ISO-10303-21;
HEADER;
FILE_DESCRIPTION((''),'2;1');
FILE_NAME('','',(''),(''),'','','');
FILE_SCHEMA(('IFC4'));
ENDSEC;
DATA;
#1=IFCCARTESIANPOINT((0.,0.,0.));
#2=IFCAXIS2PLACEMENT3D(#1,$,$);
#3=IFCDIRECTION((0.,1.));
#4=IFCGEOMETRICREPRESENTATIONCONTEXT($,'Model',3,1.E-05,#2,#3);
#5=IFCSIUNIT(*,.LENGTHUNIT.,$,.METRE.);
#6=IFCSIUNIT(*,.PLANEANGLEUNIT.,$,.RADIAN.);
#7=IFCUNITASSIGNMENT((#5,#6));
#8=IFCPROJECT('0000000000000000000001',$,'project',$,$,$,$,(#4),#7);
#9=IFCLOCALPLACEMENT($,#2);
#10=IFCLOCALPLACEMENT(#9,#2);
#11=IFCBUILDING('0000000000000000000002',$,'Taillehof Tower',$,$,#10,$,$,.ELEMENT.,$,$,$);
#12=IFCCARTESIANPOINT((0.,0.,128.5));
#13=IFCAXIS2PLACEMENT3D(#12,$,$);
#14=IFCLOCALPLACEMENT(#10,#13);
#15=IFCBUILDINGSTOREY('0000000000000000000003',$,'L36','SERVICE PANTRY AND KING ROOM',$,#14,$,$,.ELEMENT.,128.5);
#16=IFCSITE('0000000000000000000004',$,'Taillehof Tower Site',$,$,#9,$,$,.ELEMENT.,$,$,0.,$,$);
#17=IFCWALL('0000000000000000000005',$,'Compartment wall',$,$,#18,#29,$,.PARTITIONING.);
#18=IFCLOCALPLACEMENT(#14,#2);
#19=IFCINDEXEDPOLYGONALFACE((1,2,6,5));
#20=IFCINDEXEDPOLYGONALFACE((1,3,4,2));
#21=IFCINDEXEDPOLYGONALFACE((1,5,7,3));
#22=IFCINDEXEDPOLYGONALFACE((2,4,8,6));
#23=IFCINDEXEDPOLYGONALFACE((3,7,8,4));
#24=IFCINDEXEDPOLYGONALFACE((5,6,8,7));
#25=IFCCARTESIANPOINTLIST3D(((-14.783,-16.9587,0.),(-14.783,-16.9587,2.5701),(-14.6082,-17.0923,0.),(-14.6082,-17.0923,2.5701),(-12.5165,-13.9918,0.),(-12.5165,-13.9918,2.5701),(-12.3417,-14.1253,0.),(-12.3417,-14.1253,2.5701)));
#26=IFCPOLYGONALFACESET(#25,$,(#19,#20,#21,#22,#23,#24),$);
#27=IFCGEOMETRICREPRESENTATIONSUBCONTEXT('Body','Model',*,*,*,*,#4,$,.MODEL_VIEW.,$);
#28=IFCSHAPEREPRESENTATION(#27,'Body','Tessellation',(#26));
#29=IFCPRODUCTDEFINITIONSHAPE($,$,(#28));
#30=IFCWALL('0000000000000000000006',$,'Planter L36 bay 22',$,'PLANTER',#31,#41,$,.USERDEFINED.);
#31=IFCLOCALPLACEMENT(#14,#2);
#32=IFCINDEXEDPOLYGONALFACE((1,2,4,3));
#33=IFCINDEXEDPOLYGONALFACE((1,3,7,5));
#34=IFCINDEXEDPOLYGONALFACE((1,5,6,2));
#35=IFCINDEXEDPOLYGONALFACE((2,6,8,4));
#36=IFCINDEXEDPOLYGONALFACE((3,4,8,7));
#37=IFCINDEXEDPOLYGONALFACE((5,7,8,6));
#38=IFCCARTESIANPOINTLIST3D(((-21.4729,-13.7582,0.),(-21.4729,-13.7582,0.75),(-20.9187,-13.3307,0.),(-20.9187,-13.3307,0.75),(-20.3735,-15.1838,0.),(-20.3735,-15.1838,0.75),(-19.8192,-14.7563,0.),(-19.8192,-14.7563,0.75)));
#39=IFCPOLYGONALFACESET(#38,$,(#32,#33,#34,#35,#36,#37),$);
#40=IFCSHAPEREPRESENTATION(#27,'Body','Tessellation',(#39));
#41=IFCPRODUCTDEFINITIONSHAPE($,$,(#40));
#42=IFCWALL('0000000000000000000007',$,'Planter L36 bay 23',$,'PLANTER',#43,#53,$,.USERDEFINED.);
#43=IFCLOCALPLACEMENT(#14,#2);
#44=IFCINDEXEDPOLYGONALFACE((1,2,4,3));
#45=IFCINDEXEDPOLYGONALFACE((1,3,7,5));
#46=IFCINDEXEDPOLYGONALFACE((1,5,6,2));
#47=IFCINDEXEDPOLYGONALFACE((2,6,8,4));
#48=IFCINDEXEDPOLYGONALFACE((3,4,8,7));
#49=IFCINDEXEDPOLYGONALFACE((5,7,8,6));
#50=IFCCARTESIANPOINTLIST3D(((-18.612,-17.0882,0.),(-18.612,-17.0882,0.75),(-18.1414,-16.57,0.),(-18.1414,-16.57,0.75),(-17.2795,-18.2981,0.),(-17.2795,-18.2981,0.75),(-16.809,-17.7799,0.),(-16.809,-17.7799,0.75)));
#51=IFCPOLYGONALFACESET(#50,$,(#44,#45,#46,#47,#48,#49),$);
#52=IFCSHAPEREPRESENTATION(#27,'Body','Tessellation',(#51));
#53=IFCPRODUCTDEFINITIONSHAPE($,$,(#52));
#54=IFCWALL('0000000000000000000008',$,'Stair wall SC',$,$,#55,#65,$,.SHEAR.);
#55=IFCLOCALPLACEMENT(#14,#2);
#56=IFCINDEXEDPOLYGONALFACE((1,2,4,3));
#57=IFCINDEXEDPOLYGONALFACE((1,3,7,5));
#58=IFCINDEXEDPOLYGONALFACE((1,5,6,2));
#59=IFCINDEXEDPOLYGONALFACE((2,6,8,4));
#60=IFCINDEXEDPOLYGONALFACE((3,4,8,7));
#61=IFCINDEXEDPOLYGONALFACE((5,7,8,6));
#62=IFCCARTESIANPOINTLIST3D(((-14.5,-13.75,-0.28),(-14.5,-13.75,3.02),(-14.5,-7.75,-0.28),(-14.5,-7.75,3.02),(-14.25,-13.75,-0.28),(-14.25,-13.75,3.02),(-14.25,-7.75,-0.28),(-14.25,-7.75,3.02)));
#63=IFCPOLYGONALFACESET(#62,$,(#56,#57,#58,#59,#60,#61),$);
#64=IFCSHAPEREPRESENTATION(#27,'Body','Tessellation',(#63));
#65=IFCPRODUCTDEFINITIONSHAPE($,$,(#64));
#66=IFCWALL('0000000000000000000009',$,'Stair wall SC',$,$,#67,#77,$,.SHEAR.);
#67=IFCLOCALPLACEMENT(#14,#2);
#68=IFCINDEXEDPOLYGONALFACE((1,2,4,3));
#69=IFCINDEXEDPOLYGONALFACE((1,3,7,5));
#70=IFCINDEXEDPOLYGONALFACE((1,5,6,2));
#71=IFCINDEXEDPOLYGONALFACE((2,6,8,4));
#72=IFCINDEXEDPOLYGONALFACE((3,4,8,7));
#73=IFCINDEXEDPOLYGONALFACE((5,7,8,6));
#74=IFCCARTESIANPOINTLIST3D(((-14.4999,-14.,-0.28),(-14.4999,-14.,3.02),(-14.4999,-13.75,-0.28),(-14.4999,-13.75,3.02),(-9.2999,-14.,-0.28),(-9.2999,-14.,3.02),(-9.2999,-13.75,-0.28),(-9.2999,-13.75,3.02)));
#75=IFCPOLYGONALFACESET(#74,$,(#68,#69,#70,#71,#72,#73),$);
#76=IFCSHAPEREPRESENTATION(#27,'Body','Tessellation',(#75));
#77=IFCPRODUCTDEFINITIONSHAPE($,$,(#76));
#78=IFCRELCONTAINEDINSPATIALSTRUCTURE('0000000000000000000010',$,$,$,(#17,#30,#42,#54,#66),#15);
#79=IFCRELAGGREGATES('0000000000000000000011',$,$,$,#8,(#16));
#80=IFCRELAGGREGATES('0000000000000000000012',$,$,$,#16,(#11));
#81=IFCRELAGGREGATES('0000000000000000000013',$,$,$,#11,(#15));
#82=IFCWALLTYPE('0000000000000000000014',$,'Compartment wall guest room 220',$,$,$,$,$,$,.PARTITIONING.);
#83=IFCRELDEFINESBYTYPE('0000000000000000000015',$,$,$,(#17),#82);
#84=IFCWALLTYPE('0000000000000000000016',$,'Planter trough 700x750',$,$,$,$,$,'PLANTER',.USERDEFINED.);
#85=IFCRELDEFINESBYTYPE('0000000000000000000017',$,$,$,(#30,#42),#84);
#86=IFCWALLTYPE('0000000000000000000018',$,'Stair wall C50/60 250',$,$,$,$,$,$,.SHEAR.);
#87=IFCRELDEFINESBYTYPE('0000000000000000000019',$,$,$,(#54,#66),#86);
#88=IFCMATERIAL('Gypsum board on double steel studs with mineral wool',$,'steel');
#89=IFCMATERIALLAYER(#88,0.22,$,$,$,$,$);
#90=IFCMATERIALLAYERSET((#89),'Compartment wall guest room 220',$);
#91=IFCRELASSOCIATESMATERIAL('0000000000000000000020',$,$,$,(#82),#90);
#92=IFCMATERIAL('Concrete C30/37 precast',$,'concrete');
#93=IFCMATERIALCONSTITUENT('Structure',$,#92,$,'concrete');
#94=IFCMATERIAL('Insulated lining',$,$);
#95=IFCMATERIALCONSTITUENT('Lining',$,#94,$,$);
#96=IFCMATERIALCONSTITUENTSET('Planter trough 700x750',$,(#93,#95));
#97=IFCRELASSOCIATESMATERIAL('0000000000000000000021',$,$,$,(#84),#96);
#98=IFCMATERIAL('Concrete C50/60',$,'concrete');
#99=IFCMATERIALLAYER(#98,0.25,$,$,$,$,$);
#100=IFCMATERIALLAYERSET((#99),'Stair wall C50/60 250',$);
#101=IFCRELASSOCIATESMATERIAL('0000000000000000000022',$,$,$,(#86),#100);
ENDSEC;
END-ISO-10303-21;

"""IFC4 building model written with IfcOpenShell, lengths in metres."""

from ifc_helpers import new_model, si_unit, direction, frame, frame_2d, origin, place, context, subcontext, project, spatial, rectangle, extrude, material, layer, layer_set, constituent, constituent_set, type_object, element, save


model = new_model("IFC4")

# Units and contexts
model_context = context("Model", 3, precision=1e-05, world=origin(), true_north=direction((0.0, 1.0)))
body_context = subcontext(model_context, "Body", "Model", "MODEL_VIEW")
ifc_project = project(units=[si_unit("LENGTHUNIT", "METRE"), si_unit("PLANEANGLEUNIT", "RADIAN")], contexts=[model_context])

# Site, building, storey
site_placement = place(None, origin())
site = spatial("IfcSite", under=ifc_project, at=site_placement, Name="Taillehof Tower Site", CompositionType="ELEMENT", RefElevation=0.0)
building_placement = place(site_placement, origin())
building = spatial("IfcBuilding", under=site, at=building_placement, Name="Taillehof Tower", CompositionType="ELEMENT")
storey_placement = place(building_placement, frame((0.0, 0.0, 128.5)))
storey = spatial("IfcBuildingStorey", under=building, at=storey_placement, Name="L36", Description="SERVICE PANTRY AND KING ROOM", CompositionType="ELEMENT", Elevation=128.5)

# Walls
ifc_material_1 = material(Name="Gypsum board on double steel studs with mineral wool", Category="steel")
ifc_layer_1 = layer(ifc_material_1, 0.22)
ifc_layer_set_1 = layer_set([ifc_layer_1], Name="Compartment wall guest room 220")
wall_type_1 = type_object("IfcWallType", Name="Compartment wall guest room 220", PredefinedType="PARTITIONING", material=ifc_layer_set_1)
wall_1_placement = place(storey_placement, frame((-14.6956, -17.0254, 0.0), z_axis=(0.0, 0.0, 1.0), x_axis=(0.607059, 0.794657, 0.0)))
element("IfcWall", 1, at=wall_1_placement, inside=storey, type_object=wall_type_1, Name="Compartment wall", PredefinedType="PARTITIONING", context=body_context, shape_type="SweptSolid", body=[
    extrude(rectangle(XDim=3.7336, YDim=0.22, at=frame_2d((1.8667, 0.0))), origin(), (0.0, 0.0, 1.0), 2.5701),
])
ifc_material_2 = material(Name="Concrete C30/37 precast", Category="concrete")
ifc_constituent_1 = constituent(ifc_material_2, Name="Structure", Category="concrete")
ifc_material_3 = material(Name="Insulated lining")
ifc_constituent_2 = constituent(ifc_material_3, Name="Lining")
ifc_constituent_set = constituent_set(constituents=[ifc_constituent_1, ifc_constituent_2], Name="Planter trough 700x750")
wall_type_2 = type_object("IfcWallType", Name="Planter trough 700x750", ElementType="PLANTER", PredefinedType="USERDEFINED", material=ifc_constituent_set)
wall_2_placement = place(storey_placement, frame((-21.1958, -13.5444, 0.0), z_axis=(0.0, 0.0, 1.0), x_axis=(0.610687, -0.791872, 0.0)))
element("IfcWall", 2, at=wall_2_placement, inside=storey, type_object=wall_type_2, Name="Planter L36 bay 22", ObjectType="PLANTER", PredefinedType="USERDEFINED", context=body_context, shape_type="SweptSolid", body=[
    extrude(rectangle(XDim=1.8003, YDim=0.7, at=frame_2d((0.9001, 0.0))), origin(), (0.0, 0.0, 1.0), 0.75),
])
wall_3_placement = place(storey_placement, frame((-18.3767, -16.8291, 0.0), z_axis=(0.0, 0.0, 1.0), x_axis=(0.740333, -0.672241, 0.0)))
element("IfcWall", 3, at=wall_3_placement, inside=storey, type_object=wall_type_2, Name="Planter L36 bay 23", ObjectType="PLANTER", PredefinedType="USERDEFINED", context=body_context, shape_type="SweptSolid", body=[
    extrude(rectangle(XDim=1.7998, YDim=0.7, at=frame_2d((0.8999, 0.0))), origin(), (0.0, 0.0, 1.0), 0.75),
])
ifc_material_4 = material(Name="Concrete C50/60", Category="concrete")
ifc_layer_2 = layer(ifc_material_4, 0.25)
ifc_layer_set_2 = layer_set([ifc_layer_2], Name="Stair wall C50/60 250")
wall_type_3 = type_object("IfcWallType", Name="Stair wall C50/60 250", PredefinedType="SHEAR", material=ifc_layer_set_2)
wall_4_placement = place(storey_placement, frame((-14.375, -13.75, -0.28), z_axis=(0.0, 0.0, 1.0), x_axis=(0.0, 1.0, 0.0)))
element("IfcWall", 4, at=wall_4_placement, inside=storey, type_object=wall_type_3, Name="Stair wall SC", PredefinedType="SHEAR", context=body_context, shape_type="SweptSolid", body=[
    extrude(rectangle(XDim=6.0, YDim=0.25, at=frame_2d((3.0, 0.0))), origin(), (0.0, 0.0, 1.0), 3.3),
])
wall_5_placement = place(storey_placement, frame((-14.5, -13.875, -0.28), z_axis=(0.0, 0.0, 1.0), x_axis=(1.0, 0.0, 0.0)))
element("IfcWall", 5, at=wall_5_placement, inside=storey, type_object=wall_type_3, Name="Stair wall SC", PredefinedType="SHEAR", context=body_context, shape_type="SweptSolid", body=[
    extrude(rectangle(XDim=5.2, YDim=0.25, at=frame_2d((2.6001, 0.0))), origin(), (0.0, 0.0, 1.0), 3.3),
])

save(model, "model.ifc")
